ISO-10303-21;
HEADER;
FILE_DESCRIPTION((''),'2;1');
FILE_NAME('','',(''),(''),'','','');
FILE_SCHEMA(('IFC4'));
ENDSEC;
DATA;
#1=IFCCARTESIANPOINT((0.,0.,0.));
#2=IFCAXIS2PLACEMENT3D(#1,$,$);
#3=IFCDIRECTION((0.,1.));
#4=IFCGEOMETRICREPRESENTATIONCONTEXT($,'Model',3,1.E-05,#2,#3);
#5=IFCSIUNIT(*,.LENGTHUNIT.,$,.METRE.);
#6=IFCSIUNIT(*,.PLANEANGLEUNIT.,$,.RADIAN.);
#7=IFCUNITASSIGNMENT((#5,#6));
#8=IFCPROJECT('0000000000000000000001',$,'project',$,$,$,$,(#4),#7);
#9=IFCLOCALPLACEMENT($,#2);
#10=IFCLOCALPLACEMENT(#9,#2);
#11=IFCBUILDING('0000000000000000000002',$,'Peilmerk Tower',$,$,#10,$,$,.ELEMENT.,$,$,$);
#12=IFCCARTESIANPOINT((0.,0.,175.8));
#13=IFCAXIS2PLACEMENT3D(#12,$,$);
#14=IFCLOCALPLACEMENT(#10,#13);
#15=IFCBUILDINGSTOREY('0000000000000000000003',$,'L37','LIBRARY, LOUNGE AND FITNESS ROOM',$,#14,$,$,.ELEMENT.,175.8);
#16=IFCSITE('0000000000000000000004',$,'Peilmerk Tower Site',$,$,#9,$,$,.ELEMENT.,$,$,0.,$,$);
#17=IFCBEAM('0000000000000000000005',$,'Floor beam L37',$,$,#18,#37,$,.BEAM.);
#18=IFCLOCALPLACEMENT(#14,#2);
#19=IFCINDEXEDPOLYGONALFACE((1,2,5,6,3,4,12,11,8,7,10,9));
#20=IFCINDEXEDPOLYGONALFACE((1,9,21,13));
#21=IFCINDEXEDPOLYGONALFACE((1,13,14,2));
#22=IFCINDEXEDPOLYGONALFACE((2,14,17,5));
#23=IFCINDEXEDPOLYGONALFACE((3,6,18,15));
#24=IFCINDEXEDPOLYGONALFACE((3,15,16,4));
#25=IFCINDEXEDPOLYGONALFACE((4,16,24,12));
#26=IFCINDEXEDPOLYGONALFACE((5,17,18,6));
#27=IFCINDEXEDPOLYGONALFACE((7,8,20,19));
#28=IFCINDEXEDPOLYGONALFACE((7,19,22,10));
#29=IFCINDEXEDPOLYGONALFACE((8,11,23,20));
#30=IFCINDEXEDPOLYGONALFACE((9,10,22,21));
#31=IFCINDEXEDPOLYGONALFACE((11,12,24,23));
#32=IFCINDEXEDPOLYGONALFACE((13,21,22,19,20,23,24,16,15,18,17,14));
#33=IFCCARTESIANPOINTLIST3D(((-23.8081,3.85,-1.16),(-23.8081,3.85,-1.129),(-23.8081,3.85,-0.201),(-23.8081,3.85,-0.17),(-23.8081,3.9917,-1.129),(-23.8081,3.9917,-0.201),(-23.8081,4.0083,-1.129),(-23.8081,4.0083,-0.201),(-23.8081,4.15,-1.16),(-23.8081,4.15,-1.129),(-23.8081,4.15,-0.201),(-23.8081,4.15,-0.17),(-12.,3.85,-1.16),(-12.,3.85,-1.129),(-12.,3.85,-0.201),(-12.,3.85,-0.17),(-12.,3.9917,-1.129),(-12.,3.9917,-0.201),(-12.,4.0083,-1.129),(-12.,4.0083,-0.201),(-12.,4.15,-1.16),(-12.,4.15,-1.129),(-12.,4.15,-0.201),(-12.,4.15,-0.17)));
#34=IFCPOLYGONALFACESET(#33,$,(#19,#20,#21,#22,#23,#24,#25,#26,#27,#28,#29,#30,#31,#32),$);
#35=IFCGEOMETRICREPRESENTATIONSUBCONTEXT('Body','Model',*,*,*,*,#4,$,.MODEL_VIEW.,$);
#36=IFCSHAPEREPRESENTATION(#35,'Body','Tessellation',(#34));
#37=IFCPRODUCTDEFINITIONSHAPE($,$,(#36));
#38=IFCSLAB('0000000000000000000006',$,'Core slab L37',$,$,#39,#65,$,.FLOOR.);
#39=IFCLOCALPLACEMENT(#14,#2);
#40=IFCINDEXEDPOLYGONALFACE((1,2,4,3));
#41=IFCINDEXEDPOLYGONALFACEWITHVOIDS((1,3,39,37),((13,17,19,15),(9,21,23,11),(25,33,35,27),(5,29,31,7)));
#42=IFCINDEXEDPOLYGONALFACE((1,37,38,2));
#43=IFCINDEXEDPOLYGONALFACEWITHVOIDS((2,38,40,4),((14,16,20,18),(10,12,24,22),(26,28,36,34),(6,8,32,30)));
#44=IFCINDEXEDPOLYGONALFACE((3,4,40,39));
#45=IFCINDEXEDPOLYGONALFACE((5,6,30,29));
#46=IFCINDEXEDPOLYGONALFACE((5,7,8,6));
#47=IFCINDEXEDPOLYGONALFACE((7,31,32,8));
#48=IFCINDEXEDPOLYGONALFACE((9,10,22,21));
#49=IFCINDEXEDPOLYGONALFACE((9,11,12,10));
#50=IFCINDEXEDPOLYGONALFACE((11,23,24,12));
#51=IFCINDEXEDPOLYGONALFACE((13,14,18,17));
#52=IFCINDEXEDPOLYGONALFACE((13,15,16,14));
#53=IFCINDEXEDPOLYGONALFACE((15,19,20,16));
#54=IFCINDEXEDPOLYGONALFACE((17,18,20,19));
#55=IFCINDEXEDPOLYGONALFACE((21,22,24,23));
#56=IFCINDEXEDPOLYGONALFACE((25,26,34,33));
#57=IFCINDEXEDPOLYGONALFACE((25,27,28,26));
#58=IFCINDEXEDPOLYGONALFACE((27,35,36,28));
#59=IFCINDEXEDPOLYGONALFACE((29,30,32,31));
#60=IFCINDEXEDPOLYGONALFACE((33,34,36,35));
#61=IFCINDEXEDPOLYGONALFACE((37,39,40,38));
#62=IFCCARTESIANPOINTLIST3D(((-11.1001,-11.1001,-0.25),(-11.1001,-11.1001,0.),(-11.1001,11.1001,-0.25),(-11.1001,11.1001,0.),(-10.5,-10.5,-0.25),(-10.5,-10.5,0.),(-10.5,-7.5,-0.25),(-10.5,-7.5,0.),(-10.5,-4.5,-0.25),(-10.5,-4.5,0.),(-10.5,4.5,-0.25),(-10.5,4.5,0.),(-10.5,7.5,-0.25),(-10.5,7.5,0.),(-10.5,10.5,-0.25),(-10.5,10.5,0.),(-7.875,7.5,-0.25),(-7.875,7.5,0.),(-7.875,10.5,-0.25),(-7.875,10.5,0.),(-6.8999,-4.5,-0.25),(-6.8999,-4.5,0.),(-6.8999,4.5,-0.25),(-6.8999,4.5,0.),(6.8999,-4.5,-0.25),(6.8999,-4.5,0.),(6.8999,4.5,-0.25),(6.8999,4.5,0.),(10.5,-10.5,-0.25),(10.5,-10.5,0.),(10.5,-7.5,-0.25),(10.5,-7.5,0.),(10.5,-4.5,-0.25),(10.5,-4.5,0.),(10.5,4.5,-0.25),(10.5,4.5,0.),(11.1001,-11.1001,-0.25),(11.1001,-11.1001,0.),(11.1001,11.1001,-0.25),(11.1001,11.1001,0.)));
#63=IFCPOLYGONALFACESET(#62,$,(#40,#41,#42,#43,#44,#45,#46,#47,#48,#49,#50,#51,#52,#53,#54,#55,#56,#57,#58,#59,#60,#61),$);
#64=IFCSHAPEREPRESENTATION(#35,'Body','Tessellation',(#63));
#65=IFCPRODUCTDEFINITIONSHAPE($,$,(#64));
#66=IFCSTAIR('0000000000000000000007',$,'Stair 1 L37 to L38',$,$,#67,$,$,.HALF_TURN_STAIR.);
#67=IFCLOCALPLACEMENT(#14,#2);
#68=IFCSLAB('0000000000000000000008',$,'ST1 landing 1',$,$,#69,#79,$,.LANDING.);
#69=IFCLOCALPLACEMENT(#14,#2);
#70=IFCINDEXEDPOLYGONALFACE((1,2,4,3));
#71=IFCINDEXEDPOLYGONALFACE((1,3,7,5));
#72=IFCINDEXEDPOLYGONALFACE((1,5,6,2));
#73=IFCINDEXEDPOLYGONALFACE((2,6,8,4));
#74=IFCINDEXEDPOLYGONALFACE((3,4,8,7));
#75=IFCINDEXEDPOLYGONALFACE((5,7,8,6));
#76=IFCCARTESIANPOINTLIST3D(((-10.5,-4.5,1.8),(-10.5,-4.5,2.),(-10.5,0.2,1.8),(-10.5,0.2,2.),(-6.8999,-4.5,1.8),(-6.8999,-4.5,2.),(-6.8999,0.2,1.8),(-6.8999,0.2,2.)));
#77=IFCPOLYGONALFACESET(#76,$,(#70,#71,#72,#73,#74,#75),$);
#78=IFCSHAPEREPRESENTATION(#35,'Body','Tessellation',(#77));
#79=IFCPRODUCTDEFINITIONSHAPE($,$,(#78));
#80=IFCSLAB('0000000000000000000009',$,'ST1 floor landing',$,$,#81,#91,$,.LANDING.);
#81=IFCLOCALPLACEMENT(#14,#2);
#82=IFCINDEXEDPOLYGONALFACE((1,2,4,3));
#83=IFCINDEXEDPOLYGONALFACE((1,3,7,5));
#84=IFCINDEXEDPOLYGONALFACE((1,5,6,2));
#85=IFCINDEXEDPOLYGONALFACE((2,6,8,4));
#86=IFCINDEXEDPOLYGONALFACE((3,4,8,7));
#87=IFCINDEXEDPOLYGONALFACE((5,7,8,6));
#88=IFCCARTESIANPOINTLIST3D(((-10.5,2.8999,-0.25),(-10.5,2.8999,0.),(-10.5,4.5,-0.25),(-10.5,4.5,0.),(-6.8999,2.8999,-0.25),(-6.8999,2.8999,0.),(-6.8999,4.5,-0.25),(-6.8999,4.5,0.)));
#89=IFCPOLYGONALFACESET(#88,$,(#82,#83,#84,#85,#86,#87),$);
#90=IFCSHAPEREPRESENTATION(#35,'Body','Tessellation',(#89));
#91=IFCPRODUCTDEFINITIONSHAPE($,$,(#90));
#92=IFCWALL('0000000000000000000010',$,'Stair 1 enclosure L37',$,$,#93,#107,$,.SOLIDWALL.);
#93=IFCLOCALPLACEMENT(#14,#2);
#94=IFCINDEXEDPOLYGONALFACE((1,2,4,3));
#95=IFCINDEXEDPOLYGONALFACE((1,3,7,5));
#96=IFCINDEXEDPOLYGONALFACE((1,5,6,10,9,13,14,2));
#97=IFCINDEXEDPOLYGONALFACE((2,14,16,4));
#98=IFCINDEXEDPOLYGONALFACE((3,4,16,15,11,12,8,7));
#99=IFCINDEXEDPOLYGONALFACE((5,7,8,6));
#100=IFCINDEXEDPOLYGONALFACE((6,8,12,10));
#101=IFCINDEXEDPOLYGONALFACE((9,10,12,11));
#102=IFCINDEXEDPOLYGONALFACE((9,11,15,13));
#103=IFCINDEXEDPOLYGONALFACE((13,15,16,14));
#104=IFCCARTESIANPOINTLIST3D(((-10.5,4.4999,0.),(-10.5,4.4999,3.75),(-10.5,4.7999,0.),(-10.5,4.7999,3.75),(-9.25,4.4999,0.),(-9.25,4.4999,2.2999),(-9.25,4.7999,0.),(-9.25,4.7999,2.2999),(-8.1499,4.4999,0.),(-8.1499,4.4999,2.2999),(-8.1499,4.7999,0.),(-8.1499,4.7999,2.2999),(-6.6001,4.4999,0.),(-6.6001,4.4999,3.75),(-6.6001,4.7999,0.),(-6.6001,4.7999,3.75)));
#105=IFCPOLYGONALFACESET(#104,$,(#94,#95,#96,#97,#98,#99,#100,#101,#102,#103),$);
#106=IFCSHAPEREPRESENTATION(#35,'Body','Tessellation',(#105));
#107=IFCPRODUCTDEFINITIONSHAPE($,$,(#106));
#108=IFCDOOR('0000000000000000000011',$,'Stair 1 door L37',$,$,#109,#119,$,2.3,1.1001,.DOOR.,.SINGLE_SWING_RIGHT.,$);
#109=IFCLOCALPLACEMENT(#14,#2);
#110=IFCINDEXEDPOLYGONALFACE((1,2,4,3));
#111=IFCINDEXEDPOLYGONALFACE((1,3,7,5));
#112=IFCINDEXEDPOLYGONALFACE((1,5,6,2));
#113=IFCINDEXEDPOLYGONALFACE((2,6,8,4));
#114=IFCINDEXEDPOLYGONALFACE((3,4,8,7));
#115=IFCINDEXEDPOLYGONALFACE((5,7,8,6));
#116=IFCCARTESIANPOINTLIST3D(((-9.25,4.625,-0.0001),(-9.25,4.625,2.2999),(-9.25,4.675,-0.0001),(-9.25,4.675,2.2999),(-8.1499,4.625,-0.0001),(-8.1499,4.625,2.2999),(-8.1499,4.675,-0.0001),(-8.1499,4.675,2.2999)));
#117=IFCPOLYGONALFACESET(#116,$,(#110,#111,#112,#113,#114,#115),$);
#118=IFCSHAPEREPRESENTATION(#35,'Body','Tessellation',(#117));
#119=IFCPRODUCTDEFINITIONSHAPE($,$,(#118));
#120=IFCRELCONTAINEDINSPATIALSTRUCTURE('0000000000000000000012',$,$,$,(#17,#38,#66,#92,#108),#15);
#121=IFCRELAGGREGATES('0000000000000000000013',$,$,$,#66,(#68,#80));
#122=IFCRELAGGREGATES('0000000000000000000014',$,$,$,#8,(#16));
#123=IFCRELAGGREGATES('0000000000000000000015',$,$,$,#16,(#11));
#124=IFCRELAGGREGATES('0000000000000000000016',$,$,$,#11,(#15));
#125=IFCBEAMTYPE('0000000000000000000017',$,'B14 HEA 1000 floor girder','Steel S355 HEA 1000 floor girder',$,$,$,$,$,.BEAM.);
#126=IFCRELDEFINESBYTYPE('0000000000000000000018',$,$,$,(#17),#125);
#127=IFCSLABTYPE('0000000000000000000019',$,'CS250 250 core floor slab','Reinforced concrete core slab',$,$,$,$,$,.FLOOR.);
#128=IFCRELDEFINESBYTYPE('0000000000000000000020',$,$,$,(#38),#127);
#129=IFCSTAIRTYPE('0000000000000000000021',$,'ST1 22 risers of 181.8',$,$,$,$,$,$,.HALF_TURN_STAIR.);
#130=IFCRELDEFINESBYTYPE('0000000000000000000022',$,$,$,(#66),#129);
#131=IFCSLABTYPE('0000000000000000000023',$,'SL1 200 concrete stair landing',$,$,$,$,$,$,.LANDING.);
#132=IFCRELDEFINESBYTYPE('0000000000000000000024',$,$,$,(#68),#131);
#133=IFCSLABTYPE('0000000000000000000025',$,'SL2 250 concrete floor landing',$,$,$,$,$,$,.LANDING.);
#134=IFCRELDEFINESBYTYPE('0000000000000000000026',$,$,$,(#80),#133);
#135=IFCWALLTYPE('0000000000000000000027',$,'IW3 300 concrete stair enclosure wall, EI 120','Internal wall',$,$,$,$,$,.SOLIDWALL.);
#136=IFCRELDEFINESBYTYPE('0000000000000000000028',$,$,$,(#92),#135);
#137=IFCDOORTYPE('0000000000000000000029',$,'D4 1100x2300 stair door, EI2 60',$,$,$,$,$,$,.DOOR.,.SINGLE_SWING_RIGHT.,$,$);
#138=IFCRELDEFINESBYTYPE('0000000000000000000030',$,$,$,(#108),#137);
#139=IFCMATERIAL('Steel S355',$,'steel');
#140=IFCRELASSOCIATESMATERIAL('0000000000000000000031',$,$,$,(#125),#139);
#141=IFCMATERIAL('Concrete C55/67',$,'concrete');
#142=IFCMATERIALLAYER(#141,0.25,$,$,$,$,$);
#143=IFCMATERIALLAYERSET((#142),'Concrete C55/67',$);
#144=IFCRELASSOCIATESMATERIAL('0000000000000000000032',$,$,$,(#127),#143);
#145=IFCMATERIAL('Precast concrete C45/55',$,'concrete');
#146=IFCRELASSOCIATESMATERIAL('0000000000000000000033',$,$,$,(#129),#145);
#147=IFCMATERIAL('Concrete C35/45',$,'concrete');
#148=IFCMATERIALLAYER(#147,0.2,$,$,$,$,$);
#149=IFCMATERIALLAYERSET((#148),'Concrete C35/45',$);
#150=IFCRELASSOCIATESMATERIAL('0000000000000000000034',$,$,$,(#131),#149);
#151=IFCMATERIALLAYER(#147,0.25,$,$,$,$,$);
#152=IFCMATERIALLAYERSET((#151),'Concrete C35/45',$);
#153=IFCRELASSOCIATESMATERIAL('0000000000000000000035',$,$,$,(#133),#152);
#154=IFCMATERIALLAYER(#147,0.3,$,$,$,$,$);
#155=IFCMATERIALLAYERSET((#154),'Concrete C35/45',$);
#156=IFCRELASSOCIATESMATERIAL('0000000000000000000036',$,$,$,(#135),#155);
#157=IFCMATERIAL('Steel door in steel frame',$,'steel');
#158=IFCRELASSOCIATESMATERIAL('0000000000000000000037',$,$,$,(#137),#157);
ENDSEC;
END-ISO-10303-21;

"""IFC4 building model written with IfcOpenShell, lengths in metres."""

from ifc_helpers import new_model, si_unit, direction, frame, frame_2d, origin, origin_2d, place, context, subcontext, project, spatial, polyline, rectangle, i_section, outline, extrude, material, layer, layer_set, material_profile, profile_set, type_object, element, fill, aggregate, save


model = new_model("IFC4")

# Units and contexts
model_context = context("Model", 3, precision=1e-05, world=origin(), true_north=direction((0.0, 1.0)))
body_context = subcontext(model_context, "Body", "Model", "MODEL_VIEW")
ifc_project = project(units=[si_unit("LENGTHUNIT", "METRE"), si_unit("PLANEANGLEUNIT", "RADIAN")], contexts=[model_context])

# Site, building, storey
site_placement = place(None, origin())
site = spatial("IfcSite", under=ifc_project, at=site_placement, Name="Peilmerk Tower Site", CompositionType="ELEMENT", RefElevation=0.0)
building_placement = place(site_placement, origin())
building = spatial("IfcBuilding", under=site, at=building_placement, Name="Peilmerk Tower", CompositionType="ELEMENT")
storey_placement = place(building_placement, frame((0.0, 0.0, 175.8)))
storey = spatial("IfcBuildingStorey", under=building, at=storey_placement, Name="L37", Description="LIBRARY, LOUNGE AND FITNESS ROOM", CompositionType="ELEMENT", Elevation=175.8)

# Beam
ifc_material_1 = material(Name="Steel S355", Category="steel")
ifc_material_profile = material_profile(ifc_material_1, i_section(OverallWidth=0.3, OverallDepth=0.99, WebThickness=0.0166, FlangeThickness=0.031, at=origin_2d()), Name="HEA 1000")
ifc_profile_set = profile_set([ifc_material_profile], Name="Steel S355")
beam_type = type_object("IfcBeamType", Name="B14 HEA 1000 floor girder", Description="Steel S355 HEA 1000 floor girder", PredefinedType="BEAM", material=ifc_profile_set)
beam_placement = place(storey_placement, frame((-12.0, 4.0, -0.665), z_axis=(-1.0, 0.0, 0.0), x_axis=(0.0, -1.0, 0.0)))
element("IfcBeam", 1, at=beam_placement, inside=storey, type_object=beam_type, Name="Floor beam L37", PredefinedType="BEAM", context=body_context, shape_type="SweptSolid", body=[
    extrude(i_section(OverallWidth=0.3, OverallDepth=0.99, WebThickness=0.0166, FlangeThickness=0.031, at=origin_2d()), origin(), (0.0, 0.0, 1.0), 11.8081),
])

# Slab
ifc_material_2 = material(Name="Concrete C55/67", Category="concrete")
ifc_layer_1 = layer(ifc_material_2, 0.25)
ifc_layer_set_1 = layer_set([ifc_layer_1], Name="Concrete C55/67")
slab_type_1 = type_object("IfcSlabType", Name="CS250 250 core floor slab", Description="Reinforced concrete core slab", PredefinedType="FLOOR", material=ifc_layer_set_1)
slab_1_placement = place(storey_placement, frame((0.0, 0.0, -0.25)))
element("IfcSlab", 2, at=slab_1_placement, inside=storey, type_object=slab_type_1, Name="Core slab L37", PredefinedType="FLOOR", context=body_context, shape_type="SweptSolid", body=[
    extrude(outline(polyline([(11.1001, 11.1001), (-11.1001, 11.1001), (-11.1001, -11.1001), (11.1001, -11.1001), (11.1001, 11.1001)]), holes=[polyline([(-10.5, 7.5), (-10.5, 10.5), (-7.875, 10.5), (-7.875, 7.5), (-10.5, 7.5)]), polyline([(-10.5, -10.5), (-10.5, -7.5), (10.5, -7.5), (10.5, -10.5), (-10.5, -10.5)]), polyline([(-10.5, 4.5), (-6.8999, 4.5), (-6.8999, -4.5), (-10.5, -4.5), (-10.5, 4.5)]), polyline([(10.5, 4.5), (10.5, -4.5), (6.8999, -4.5), (6.8999, 4.5), (10.5, 4.5)])]), origin(), (0.0, 0.0, 1.0), 0.25),
])

# Stair, slabs
ifc_material_3 = material(Name="Precast concrete C45/55", Category="concrete")
stair_type = type_object("IfcStairType", Name="ST1 22 risers of 181.8", PredefinedType="HALF_TURN_STAIR", material=ifc_material_3)
stair_placement = place(storey_placement, origin())
stair = element("IfcStair", 3, at=stair_placement, inside=storey, type_object=stair_type, Name="Stair 1 L37 to L38", PredefinedType="HALF_TURN_STAIR")
ifc_material_4 = material(Name="Concrete C35/45", Category="concrete")
ifc_layer_2 = layer(ifc_material_4, 0.2)
ifc_layer_set_2 = layer_set([ifc_layer_2], Name="Concrete C35/45")
slab_type_2 = type_object("IfcSlabType", Name="SL1 200 concrete stair landing", PredefinedType="LANDING", material=ifc_layer_set_2)
slab_2_placement = place(storey_placement, frame((0.0, 0.0, 1.8)))
slab_2 = element("IfcSlab", 4, at=slab_2_placement, type_object=slab_type_2, Name="ST1 landing 1", PredefinedType="LANDING", context=body_context, shape_type="SweptSolid", body=[
    extrude(outline(polyline([(-10.5, -4.5), (-6.8999, -4.5), (-6.8999, 0.2), (-10.5, 0.2), (-10.5, -4.5)])), origin(), (0.0, 0.0, 1.0), 0.2),
])
ifc_layer_3 = layer(ifc_material_4, 0.25)
ifc_layer_set_3 = layer_set([ifc_layer_3], Name="Concrete C35/45")
slab_type_3 = type_object("IfcSlabType", Name="SL2 250 concrete floor landing", PredefinedType="LANDING", material=ifc_layer_set_3)
slab_3_placement = place(storey_placement, frame((0.0, 0.0, -0.25)))
slab_3 = element("IfcSlab", 5, at=slab_3_placement, type_object=slab_type_3, Name="ST1 floor landing", PredefinedType="LANDING", context=body_context, shape_type="SweptSolid", body=[
    extrude(outline(polyline([(-10.5, 2.8999), (-6.8999, 2.8999), (-6.8999, 4.5), (-10.5, 4.5), (-10.5, 2.8999)])), origin(), (0.0, 0.0, 1.0), 0.25),
])

# Wall, opening, door
ifc_layer_4 = layer(ifc_material_4, 0.3)
ifc_layer_set_4 = layer_set([ifc_layer_4], Name="Concrete C35/45")
wall_type_1 = type_object("IfcWallType", Name="IW3 300 concrete stair enclosure wall, EI 120", Description="Internal wall", PredefinedType="SOLIDWALL", material=ifc_layer_set_4)
wall_1_placement = place(storey_placement, frame((-10.5, 4.6499, 0.0), z_axis=(0.0, 0.0, 1.0), x_axis=(1.0, 0.0, 0.0)))
wall_1 = element("IfcWall", 6, at=wall_1_placement, inside=storey, type_object=wall_type_1, Name="Stair 1 enclosure L37", PredefinedType="SOLIDWALL", context=body_context, shape_type="SweptSolid", body=[
    extrude(rectangle(XDim=3.8999, YDim=0.3, at=frame_2d((1.95, 0.0))), origin(), (0.0, 0.0, 1.0), 3.75),
])
opening_1_placement = place(wall_1_placement, frame((1.25, 0.0, 0.0)))
opening_1 = element("IfcOpeningElement", 7, at=opening_1_placement, cuts=wall_1, PredefinedType="OPENING", context=body_context, shape_type="SweptSolid", body=[
    extrude(rectangle(XDim=1.1001, YDim=2.3, at=frame_2d((0.55, 1.1499))), frame((0.0, 0.1599, 0.0), z_axis=(0.0, -1.0, 0.0), x_axis=(1.0, 0.0, 0.0)), (0.0, 0.0, 1.0), 0.3201),
])
ifc_material_5 = material(Name="Steel door in steel frame", Category="steel")
door_type_1 = type_object("IfcDoorType", Name="D4 1100x2300 stair door, EI2 60", OperationType="SINGLE_SWING_RIGHT", PredefinedType="DOOR", material=ifc_material_5)
door_1_placement = place(opening_1_placement, frame((1.1001, 0.0, 0.0), z_axis=(0.0, 0.0, 1.0), x_axis=(-1.0, 0.0, 0.0)))
door_1 = element("IfcDoor", 8, at=door_1_placement, inside=storey, type_object=door_type_1, Name="Stair 1 door L37", OperationType="SINGLE_SWING_RIGHT", OverallHeight=2.3, OverallWidth=1.1001, PredefinedType="DOOR", context=body_context, shape_type="SweptSolid", body=[
    extrude(rectangle(XDim=1.1001, YDim=2.3, at=frame_2d((0.55, 1.1499))), frame((0.0, 0.0249, 0.0), z_axis=(0.0, -1.0, 0.0), x_axis=(1.0, 0.0, 0.0)), (0.0, 0.0, 1.0), 0.05),
])
fill(opening_1, door_1)

aggregate(stair, [slab_2, slab_3])

save(model, "model.ifc")
